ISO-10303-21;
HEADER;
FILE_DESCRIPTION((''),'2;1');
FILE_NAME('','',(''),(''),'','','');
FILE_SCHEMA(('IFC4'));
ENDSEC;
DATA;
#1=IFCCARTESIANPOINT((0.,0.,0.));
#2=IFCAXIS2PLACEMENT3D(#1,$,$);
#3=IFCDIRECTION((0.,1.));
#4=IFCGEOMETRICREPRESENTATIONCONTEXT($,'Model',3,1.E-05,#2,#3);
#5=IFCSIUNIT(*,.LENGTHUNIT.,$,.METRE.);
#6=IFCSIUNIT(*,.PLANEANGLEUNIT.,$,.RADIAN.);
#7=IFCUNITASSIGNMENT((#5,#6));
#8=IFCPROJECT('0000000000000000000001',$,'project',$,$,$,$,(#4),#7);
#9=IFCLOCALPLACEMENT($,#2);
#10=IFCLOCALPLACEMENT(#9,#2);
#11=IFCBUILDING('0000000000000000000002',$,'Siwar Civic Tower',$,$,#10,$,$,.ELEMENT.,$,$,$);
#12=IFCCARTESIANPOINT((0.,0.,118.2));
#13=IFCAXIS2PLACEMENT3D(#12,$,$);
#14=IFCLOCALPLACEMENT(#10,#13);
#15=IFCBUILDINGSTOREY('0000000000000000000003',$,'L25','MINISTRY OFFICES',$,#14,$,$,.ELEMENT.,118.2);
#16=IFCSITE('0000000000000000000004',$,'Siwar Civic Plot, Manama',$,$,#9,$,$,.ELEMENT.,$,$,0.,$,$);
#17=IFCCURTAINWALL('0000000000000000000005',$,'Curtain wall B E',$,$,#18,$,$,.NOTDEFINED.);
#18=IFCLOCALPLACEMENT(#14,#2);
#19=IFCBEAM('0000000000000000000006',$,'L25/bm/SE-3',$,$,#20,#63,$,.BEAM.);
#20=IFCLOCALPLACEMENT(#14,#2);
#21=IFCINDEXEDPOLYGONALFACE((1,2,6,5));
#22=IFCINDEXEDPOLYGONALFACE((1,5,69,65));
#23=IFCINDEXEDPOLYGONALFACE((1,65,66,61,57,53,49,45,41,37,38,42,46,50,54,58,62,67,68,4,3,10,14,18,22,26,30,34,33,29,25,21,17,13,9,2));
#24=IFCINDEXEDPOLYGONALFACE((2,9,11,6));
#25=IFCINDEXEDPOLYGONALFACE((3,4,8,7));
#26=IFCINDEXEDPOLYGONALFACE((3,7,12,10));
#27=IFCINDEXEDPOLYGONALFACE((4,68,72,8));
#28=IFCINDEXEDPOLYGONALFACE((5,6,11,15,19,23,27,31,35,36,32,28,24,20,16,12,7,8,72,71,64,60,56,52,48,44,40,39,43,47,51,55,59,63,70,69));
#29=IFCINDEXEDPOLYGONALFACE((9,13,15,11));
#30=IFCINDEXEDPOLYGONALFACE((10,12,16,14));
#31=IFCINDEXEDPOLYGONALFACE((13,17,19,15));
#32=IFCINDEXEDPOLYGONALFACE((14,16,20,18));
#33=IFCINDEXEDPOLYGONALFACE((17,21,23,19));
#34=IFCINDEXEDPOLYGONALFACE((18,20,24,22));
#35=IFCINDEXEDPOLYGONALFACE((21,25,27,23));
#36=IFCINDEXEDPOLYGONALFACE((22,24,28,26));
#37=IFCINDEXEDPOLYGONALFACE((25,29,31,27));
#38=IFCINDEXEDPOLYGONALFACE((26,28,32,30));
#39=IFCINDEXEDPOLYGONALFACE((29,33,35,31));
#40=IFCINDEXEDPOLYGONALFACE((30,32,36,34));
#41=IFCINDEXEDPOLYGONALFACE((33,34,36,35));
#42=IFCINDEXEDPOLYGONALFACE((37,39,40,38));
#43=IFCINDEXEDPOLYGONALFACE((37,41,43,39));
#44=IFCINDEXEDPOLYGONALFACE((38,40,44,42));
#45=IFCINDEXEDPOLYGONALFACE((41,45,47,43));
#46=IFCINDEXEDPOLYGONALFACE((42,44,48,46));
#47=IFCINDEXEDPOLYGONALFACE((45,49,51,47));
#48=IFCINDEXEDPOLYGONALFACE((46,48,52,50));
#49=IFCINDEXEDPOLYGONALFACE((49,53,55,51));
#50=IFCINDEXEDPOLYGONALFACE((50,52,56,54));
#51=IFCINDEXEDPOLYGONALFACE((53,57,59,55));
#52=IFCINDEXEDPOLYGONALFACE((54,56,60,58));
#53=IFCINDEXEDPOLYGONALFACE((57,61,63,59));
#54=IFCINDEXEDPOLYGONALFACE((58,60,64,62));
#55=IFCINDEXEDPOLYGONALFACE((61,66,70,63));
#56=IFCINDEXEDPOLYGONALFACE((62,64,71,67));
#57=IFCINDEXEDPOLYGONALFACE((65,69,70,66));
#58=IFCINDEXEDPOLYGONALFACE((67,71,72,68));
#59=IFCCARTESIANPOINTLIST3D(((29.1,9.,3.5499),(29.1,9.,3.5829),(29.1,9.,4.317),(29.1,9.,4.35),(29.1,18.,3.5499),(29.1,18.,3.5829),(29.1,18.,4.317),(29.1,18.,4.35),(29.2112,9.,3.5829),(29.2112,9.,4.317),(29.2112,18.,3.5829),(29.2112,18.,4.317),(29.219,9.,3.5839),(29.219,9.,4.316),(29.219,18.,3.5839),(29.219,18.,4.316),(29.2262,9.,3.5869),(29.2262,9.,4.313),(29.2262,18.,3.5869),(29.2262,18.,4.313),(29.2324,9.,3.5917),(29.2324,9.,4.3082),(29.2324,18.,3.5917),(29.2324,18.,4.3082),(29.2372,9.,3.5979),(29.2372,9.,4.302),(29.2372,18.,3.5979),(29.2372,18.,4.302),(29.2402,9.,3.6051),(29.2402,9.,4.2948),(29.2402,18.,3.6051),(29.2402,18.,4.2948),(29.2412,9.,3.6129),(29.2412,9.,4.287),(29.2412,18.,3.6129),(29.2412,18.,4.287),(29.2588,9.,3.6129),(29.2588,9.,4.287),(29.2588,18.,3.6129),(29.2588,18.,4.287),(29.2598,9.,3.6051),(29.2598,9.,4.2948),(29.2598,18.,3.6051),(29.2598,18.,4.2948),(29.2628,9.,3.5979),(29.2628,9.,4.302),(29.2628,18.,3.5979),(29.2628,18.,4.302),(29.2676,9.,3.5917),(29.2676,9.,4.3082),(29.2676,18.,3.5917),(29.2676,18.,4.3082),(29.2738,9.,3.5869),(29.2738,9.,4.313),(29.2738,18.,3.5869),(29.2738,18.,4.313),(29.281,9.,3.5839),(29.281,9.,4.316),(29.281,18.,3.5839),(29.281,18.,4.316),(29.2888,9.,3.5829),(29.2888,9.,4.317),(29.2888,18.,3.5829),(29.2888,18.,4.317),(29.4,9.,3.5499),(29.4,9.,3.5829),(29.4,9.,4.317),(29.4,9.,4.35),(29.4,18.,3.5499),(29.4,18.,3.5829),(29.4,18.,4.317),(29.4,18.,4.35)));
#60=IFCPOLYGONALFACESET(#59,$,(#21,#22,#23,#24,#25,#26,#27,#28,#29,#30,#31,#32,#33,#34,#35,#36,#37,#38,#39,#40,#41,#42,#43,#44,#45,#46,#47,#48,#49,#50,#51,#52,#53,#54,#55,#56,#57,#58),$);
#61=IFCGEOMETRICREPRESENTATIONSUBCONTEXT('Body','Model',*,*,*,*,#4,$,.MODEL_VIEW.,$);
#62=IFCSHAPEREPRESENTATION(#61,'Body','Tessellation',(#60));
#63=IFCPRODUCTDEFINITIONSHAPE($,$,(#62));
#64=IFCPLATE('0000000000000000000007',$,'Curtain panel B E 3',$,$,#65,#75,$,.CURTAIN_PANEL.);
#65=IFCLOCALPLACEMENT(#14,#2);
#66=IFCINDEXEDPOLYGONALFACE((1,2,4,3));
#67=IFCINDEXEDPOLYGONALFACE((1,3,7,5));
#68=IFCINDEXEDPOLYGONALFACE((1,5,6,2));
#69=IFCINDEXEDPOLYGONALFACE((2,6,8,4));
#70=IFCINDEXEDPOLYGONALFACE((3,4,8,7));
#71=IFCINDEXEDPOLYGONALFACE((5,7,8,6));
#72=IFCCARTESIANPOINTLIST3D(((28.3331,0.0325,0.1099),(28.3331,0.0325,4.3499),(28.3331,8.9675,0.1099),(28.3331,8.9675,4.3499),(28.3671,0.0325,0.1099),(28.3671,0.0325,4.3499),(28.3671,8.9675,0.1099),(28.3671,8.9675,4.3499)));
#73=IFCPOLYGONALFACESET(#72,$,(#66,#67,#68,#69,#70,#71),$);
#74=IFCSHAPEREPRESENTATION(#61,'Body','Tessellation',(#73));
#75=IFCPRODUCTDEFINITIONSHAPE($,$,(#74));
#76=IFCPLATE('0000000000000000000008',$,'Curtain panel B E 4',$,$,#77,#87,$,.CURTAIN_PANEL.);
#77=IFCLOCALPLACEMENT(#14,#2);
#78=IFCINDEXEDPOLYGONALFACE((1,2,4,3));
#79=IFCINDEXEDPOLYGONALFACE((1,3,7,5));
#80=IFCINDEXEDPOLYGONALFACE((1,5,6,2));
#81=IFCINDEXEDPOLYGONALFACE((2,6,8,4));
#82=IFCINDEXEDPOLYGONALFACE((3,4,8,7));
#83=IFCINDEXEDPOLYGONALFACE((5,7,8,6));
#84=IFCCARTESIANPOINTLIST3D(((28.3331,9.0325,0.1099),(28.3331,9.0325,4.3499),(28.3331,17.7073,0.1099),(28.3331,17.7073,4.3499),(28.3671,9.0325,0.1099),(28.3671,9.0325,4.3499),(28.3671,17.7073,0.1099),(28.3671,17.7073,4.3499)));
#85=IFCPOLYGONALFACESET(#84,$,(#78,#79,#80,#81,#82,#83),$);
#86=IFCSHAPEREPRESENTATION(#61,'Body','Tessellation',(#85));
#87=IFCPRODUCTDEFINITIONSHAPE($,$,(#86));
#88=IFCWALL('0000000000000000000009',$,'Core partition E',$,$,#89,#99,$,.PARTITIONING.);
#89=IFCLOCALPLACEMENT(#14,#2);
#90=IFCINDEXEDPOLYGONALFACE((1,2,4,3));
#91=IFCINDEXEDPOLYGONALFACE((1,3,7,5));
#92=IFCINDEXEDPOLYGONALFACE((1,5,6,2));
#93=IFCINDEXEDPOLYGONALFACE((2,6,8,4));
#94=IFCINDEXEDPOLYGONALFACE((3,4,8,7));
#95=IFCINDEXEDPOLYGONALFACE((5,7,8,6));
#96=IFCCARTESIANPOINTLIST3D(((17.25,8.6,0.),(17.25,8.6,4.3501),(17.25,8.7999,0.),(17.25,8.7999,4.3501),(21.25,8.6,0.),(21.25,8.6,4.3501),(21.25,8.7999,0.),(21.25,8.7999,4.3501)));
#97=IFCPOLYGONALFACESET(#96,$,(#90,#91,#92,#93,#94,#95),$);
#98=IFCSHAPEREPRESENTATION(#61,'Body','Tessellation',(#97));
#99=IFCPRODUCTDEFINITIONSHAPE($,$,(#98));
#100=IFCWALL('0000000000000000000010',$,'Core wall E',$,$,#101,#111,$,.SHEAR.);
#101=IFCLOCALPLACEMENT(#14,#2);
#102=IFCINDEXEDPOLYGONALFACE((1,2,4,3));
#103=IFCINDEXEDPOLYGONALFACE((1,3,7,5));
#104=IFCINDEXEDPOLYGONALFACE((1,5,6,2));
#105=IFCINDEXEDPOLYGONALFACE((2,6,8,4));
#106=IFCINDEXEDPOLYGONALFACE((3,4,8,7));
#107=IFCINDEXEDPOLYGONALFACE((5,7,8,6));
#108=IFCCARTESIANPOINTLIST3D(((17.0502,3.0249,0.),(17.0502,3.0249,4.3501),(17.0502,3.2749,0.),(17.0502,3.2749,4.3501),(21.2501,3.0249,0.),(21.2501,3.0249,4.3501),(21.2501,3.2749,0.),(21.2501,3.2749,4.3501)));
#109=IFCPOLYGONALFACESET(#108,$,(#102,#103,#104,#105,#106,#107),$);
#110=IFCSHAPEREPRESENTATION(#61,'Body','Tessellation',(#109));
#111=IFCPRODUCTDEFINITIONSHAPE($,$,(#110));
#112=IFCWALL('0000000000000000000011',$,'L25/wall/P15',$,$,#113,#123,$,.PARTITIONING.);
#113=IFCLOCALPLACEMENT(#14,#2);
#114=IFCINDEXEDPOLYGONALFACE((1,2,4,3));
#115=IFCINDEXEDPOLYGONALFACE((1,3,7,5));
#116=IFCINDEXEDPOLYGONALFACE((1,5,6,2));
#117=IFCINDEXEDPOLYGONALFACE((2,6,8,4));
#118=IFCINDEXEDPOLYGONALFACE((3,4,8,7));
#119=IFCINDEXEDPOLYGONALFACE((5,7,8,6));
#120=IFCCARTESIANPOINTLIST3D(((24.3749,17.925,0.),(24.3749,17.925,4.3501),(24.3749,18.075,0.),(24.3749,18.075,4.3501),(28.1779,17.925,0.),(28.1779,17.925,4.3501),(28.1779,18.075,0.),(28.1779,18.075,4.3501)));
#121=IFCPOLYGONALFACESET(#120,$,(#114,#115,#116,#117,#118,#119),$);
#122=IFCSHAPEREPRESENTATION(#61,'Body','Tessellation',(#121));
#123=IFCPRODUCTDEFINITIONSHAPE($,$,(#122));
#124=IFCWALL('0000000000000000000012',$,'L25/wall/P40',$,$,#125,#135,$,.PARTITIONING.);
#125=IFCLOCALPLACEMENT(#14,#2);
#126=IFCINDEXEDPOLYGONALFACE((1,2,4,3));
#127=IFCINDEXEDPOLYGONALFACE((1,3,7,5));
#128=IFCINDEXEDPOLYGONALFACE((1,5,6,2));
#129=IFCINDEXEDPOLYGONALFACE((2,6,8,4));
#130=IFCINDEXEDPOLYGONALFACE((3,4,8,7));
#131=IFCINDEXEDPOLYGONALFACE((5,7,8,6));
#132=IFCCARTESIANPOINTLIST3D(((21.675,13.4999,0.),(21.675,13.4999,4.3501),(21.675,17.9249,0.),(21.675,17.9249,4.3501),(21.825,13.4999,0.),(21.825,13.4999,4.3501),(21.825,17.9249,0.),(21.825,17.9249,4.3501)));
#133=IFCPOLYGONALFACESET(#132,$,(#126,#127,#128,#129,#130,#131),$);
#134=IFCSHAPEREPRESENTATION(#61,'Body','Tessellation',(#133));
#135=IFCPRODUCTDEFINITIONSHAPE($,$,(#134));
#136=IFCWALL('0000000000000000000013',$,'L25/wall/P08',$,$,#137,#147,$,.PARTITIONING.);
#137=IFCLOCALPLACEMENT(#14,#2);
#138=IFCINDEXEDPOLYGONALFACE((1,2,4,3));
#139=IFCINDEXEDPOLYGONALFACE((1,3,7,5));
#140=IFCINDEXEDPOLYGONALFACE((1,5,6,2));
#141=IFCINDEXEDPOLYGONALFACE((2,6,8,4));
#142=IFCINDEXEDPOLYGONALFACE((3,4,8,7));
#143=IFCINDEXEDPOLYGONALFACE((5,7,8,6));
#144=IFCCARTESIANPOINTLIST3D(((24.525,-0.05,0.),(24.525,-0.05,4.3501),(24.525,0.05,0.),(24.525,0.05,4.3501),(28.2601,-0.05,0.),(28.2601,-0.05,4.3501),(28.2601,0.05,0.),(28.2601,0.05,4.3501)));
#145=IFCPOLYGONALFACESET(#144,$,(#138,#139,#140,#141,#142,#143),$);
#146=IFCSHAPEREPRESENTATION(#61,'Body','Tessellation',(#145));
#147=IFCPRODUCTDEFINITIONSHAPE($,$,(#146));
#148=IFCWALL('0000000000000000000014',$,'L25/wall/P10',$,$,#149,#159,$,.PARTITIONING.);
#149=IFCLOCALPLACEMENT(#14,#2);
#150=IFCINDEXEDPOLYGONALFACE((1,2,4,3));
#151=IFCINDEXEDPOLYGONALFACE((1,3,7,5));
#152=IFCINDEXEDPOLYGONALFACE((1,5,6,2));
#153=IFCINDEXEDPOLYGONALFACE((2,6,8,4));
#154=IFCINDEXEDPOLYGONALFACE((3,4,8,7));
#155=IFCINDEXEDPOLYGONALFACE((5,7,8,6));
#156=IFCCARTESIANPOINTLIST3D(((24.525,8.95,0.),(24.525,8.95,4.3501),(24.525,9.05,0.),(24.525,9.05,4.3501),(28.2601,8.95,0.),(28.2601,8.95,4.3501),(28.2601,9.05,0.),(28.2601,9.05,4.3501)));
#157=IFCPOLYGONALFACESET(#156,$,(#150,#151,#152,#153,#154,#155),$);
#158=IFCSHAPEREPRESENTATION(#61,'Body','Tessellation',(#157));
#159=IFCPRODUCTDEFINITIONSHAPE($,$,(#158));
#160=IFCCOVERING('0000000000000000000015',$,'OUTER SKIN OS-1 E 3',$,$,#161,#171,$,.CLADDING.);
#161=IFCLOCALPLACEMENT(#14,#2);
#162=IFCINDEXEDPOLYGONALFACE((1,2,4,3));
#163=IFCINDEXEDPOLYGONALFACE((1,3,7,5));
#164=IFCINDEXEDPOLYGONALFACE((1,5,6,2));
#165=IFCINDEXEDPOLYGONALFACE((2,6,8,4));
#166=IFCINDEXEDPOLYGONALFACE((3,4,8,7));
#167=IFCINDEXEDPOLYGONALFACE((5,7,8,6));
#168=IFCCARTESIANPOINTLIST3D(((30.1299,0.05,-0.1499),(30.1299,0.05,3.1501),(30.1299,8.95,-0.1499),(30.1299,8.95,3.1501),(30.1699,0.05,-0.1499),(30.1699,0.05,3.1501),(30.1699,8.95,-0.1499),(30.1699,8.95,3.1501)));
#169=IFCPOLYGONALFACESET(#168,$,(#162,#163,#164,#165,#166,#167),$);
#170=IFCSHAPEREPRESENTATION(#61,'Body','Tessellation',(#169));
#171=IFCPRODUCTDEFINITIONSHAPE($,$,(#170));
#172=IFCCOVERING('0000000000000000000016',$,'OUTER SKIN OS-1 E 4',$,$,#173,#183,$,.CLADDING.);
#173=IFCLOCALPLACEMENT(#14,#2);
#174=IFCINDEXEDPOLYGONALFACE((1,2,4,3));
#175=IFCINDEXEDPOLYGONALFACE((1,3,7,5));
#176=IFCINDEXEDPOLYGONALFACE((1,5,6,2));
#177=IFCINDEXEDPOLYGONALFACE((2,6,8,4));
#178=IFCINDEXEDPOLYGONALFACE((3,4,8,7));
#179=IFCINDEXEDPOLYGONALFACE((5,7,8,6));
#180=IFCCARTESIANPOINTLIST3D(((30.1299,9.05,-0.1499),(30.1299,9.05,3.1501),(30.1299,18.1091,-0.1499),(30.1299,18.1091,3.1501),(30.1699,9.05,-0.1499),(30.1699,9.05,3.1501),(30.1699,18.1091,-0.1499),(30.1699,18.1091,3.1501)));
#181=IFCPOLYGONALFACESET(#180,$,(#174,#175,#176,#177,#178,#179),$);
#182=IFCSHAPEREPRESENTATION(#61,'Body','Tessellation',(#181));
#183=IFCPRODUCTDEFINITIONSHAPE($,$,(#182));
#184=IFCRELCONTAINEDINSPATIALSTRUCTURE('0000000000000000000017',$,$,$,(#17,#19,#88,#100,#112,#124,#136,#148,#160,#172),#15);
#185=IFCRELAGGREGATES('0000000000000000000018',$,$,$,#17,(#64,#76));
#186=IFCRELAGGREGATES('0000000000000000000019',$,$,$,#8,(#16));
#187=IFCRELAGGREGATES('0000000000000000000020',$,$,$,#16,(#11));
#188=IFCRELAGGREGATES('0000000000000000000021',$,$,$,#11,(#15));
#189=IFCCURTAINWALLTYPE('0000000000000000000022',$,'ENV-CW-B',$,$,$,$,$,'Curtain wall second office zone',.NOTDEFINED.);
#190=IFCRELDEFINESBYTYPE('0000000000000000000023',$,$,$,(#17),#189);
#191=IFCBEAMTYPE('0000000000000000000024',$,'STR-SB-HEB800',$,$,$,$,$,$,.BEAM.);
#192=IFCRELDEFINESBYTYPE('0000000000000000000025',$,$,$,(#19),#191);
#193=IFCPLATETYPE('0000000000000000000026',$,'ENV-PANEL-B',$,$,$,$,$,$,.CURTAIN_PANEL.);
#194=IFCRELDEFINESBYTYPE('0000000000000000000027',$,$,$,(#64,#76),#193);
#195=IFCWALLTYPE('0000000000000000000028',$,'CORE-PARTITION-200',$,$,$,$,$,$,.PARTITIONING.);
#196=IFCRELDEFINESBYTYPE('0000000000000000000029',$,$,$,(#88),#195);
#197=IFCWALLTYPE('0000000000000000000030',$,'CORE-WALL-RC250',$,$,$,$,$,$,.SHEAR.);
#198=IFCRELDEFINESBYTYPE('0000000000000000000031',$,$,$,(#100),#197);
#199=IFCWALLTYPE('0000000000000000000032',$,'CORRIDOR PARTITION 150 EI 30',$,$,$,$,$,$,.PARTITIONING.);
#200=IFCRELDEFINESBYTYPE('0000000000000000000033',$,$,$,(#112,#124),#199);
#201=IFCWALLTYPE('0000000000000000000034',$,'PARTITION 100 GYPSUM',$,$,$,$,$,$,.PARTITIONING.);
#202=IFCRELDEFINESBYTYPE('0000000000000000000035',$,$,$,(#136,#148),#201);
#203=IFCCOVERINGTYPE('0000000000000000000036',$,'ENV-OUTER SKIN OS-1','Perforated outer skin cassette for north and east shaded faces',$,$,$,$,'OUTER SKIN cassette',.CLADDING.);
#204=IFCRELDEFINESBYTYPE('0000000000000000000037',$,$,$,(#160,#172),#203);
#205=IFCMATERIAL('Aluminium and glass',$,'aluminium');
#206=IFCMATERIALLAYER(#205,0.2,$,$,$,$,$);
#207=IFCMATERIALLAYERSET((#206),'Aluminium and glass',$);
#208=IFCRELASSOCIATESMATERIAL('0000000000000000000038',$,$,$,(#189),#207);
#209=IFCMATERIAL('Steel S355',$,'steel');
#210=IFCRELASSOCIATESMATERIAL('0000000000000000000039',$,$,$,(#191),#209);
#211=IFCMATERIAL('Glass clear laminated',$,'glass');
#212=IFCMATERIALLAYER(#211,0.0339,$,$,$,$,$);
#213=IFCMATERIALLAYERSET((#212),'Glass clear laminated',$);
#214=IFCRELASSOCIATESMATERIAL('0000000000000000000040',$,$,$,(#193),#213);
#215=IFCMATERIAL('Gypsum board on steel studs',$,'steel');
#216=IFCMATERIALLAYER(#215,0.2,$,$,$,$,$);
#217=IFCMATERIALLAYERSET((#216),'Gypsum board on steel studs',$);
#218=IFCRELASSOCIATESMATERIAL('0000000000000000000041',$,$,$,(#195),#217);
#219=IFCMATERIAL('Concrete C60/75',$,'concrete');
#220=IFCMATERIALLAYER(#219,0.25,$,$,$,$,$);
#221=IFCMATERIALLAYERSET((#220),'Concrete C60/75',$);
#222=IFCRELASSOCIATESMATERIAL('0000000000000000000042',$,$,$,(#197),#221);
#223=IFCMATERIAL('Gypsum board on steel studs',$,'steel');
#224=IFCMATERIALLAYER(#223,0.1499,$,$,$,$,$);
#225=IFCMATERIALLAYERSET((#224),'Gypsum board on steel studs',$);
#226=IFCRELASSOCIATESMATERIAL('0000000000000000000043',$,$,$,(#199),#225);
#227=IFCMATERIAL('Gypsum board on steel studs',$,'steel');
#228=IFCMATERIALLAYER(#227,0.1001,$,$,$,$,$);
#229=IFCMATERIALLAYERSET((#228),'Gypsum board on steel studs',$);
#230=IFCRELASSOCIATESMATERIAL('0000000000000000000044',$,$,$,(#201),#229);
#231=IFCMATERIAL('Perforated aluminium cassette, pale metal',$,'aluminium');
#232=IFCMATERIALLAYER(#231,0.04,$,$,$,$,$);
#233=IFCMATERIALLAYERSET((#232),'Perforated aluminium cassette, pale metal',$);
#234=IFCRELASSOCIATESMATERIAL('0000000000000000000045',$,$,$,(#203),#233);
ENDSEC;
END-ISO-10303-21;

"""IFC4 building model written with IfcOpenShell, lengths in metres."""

from ifc_helpers import new_model, si_unit, direction, frame, frame_2d, origin, origin_2d, place, context, subcontext, project, spatial, rectangle, i_section, extrude, material, layer, layer_set, material_profile, profile_set, type_object, element, aggregate, save


model = new_model("IFC4")

# Units and contexts
model_context = context("Model", 3, precision=1e-05, world=origin(), true_north=direction((0.0, 1.0)))
body_context = subcontext(model_context, "Body", "Model", "MODEL_VIEW")
ifc_project = project(units=[si_unit("LENGTHUNIT", "METRE"), si_unit("PLANEANGLEUNIT", "RADIAN")], contexts=[model_context])

# Site, building, storey
site_placement = place(None, origin())
site = spatial("IfcSite", under=ifc_project, at=site_placement, Name="Siwar Civic Plot, Manama", CompositionType="ELEMENT", RefElevation=0.0)
building_placement = place(site_placement, origin())
building = spatial("IfcBuilding", under=site, at=building_placement, Name="Siwar Civic Tower", CompositionType="ELEMENT")
storey_placement = place(building_placement, frame((0.0, 0.0, 118.2)))
storey = spatial("IfcBuildingStorey", under=building, at=storey_placement, Name="L25", Description="MINISTRY OFFICES", CompositionType="ELEMENT", Elevation=118.2)

# Curtain wall
ifc_material_1 = material(Name="Aluminium and glass", Category="aluminium")
ifc_layer_1 = layer(ifc_material_1, 0.2)
ifc_layer_set_1 = layer_set([ifc_layer_1], Name="Aluminium and glass")
curtain_wall_type_1 = type_object("IfcCurtainWallType", Name="ENV-CW-B", ElementType="Curtain wall second office zone", PredefinedType="NOTDEFINED", material=ifc_layer_set_1)
curtain_wall_1_placement = place(storey_placement, origin())
curtain_wall_1 = element("IfcCurtainWall", 1, at=curtain_wall_1_placement, inside=storey, type_object=curtain_wall_type_1, Name="Curtain wall B E", PredefinedType="NOTDEFINED")

# Beam
ifc_material_2 = material(Name="Steel S355", Category="steel")
ifc_material_profile_1 = material_profile(ifc_material_2, i_section(OverallWidth=0.3, OverallDepth=0.8, WebThickness=0.0176, FlangeThickness=0.033, FilletRadius=0.03, at=origin_2d()), Name="HEB800")
ifc_profile_set_1 = profile_set([ifc_material_profile_1], Name="Steel S355")
beam_type_1 = type_object("IfcBeamType", Name="STR-SB-HEB800", PredefinedType="BEAM", material=ifc_profile_set_1)
for number, where, z_axis, x_axis, name in (
    (2, (29.25, 9.0, 3.95), (0.0, 1.0, 0.0), (-1.0, 0.0, 0.0), "L25/bm/SE-3"),
):
    element("IfcBeam", number, at=place(storey_placement, frame(where, z_axis=z_axis, x_axis=x_axis)), inside=storey, type_object=beam_type_1, Name=name, PredefinedType="BEAM", context=body_context, shape_type="SweptSolid", body=[
        extrude(i_section(OverallWidth=0.3, OverallDepth=0.8, WebThickness=0.0176, FlangeThickness=0.033, FilletRadius=0.03, at=origin_2d()), origin(), (0.0, 0.0, 1.0), 9.0),
    ])

# Plates
ifc_material_3 = material(Name="Glass clear laminated", Category="glass")
ifc_layer_2 = layer(ifc_material_3, 0.0339)
ifc_layer_set_2 = layer_set([ifc_layer_2], Name="Glass clear laminated")
plate_type = type_object("IfcPlateType", Name="ENV-PANEL-B", PredefinedType="CURTAIN_PANEL", material=ifc_layer_set_2)
plate_1_placement = place(storey_placement, frame((28.3501, 4.5, 0.1099), z_axis=(0.0, 0.0, 1.0), x_axis=(0.0, 1.0, 0.0)))
plate_1 = element("IfcPlate", 3, at=plate_1_placement, type_object=plate_type, Name="Curtain panel B E 3", PredefinedType="CURTAIN_PANEL", context=body_context, shape_type="SweptSolid", body=[
    extrude(rectangle(XDim=8.9351, YDim=0.0339, at=origin_2d()), origin(), (0.0, 0.0, 1.0), 4.24),
])
plate_2_placement = place(storey_placement, frame((28.3501, 13.3699, 0.1099), z_axis=(0.0, 0.0, 1.0), x_axis=(0.0, 1.0, 0.0)))
plate_2 = element("IfcPlate", 4, at=plate_2_placement, type_object=plate_type, Name="Curtain panel B E 4", PredefinedType="CURTAIN_PANEL", context=body_context, shape_type="SweptSolid", body=[
    extrude(rectangle(XDim=8.6748, YDim=0.0339, at=origin_2d()), origin(), (0.0, 0.0, 1.0), 4.24),
])
aggregate(curtain_wall_1, [plate_1, plate_2])

# Walls
ifc_material_4 = material(Name="Gypsum board on steel studs", Category="steel")
ifc_layer_3 = layer(ifc_material_4, 0.2)
ifc_layer_set_3 = layer_set([ifc_layer_3], Name="Gypsum board on steel studs")
wall_type_1 = type_object("IfcWallType", Name="CORE-PARTITION-200", PredefinedType="PARTITIONING", material=ifc_layer_set_3)
wall_1_placement = place(storey_placement, frame((17.25, 8.7, 0.0), z_axis=(0.0, 0.0, 1.0), x_axis=(1.0, 0.0, 0.0)))
element("IfcWall", 5, at=wall_1_placement, inside=storey, type_object=wall_type_1, Name="Core partition E", PredefinedType="PARTITIONING", context=body_context, shape_type="SweptSolid", body=[
    extrude(rectangle(XDim=4.0, YDim=0.2, at=frame_2d((2.0, 0.0))), origin(), (0.0, 0.0, 1.0), 4.3501),
])
ifc_material_5 = material(Name="Concrete C60/75", Category="concrete")
ifc_layer_4 = layer(ifc_material_5, 0.25)
ifc_layer_set_4 = layer_set([ifc_layer_4], Name="Concrete C60/75")
wall_type_2 = type_object("IfcWallType", Name="CORE-WALL-RC250", PredefinedType="SHEAR", material=ifc_layer_set_4)
wall_2_placement = place(storey_placement, frame((17.05, 3.1499, 0.0), z_axis=(0.0, 0.0, 1.0), x_axis=(1.0, 0.0, 0.0)))
element("IfcWall", 6, at=wall_2_placement, inside=storey, type_object=wall_type_2, Name="Core wall E", PredefinedType="SHEAR", context=body_context, shape_type="SweptSolid", body=[
    extrude(rectangle(XDim=4.2, YDim=0.25, at=frame_2d((2.1001, 0.0))), origin(), (0.0, 0.0, 1.0), 4.3501),
])
ifc_material_6 = material(Name="Gypsum board on steel studs", Category="steel")
ifc_layer_5 = layer(ifc_material_6, 0.1499)
ifc_layer_set_5 = layer_set([ifc_layer_5], Name="Gypsum board on steel studs")
wall_type_3 = type_object("IfcWallType", Name="CORRIDOR PARTITION 150 EI 30", PredefinedType="PARTITIONING", material=ifc_layer_set_5)
wall_3_placement = place(storey_placement, frame((24.375, 18.0, 0.0), z_axis=(0.0, 0.0, 1.0), x_axis=(1.0, 0.0, 0.0)))
element("IfcWall", 7, at=wall_3_placement, inside=storey, type_object=wall_type_3, Name="L25/wall/P15", PredefinedType="PARTITIONING", context=body_context, shape_type="SweptSolid", body=[
    extrude(rectangle(XDim=3.803, YDim=0.1499, at=frame_2d((1.9014, 0.0))), origin(), (0.0, 0.0, 1.0), 4.3501),
])
wall_4_placement = place(storey_placement, frame((21.75, 13.5, 0.0), z_axis=(0.0, 0.0, 1.0), x_axis=(0.0, 1.0, 0.0)))
element("IfcWall", 8, at=wall_4_placement, inside=storey, type_object=wall_type_3, Name="L25/wall/P40", PredefinedType="PARTITIONING", context=body_context, shape_type="SweptSolid", body=[
    extrude(rectangle(XDim=4.425, YDim=0.1499, at=frame_2d((2.2124, 0.0))), origin(), (0.0, 0.0, 1.0), 4.3501),
])
ifc_material_7 = material(Name="Gypsum board on steel studs", Category="steel")
ifc_layer_6 = layer(ifc_material_7, 0.1001)
ifc_layer_set_6 = layer_set([ifc_layer_6], Name="Gypsum board on steel studs")
wall_type_4 = type_object("IfcWallType", Name="PARTITION 100 GYPSUM", PredefinedType="PARTITIONING", material=ifc_layer_set_6)
for number, where, z_axis, x_axis, name in (
    (9, (24.5249, 0.0, 0.0), (0.0, 0.0, 1.0), (1.0, 0.0, 0.0), "L25/wall/P08"),
    (10, (24.5249, 9.0, 0.0), (0.0, 0.0, 1.0), (1.0, 0.0, 0.0), "L25/wall/P10"),
):
    element("IfcWall", number, at=place(storey_placement, frame(where, z_axis=z_axis, x_axis=x_axis)), inside=storey, type_object=wall_type_4, Name=name, PredefinedType="PARTITIONING", context=body_context, shape_type="SweptSolid", body=[
        extrude(rectangle(XDim=3.7351, YDim=0.1001, at=frame_2d((1.8677, 0.0))), origin(), (0.0, 0.0, 1.0), 4.3501),
    ])

# Coverings
ifc_material_8 = material(Name="Perforated aluminium cassette, pale metal", Category="aluminium")
ifc_layer_7 = layer(ifc_material_8, 0.04)
ifc_layer_set_7 = layer_set([ifc_layer_7], Name="Perforated aluminium cassette, pale metal")
covering_type = type_object("IfcCoveringType", Name="ENV-OUTER SKIN OS-1", Description="Perforated outer skin cassette for north and east shaded faces", ElementType="OUTER SKIN cassette", PredefinedType="CLADDING", material=ifc_layer_set_7)
covering_1_placement = place(storey_placement, frame((30.1499, 4.5, -0.1499), z_axis=(0.0, 0.0, 1.0), x_axis=(0.0, 1.0, 0.0)))
element("IfcCovering", 11, at=covering_1_placement, inside=storey, type_object=covering_type, Name="OUTER SKIN OS-1 E 3", PredefinedType="CLADDING", context=body_context, shape_type="SweptSolid", body=[
    extrude(rectangle(XDim=8.8999, YDim=0.04, at=origin_2d()), origin(), (0.0, 0.0, 1.0), 3.3),
])
covering_2_placement = place(storey_placement, frame((30.1499, 13.5796, -0.1499), z_axis=(0.0, 0.0, 1.0), x_axis=(0.0, 1.0, 0.0)))
element("IfcCovering", 12, at=covering_2_placement, inside=storey, type_object=covering_type, Name="OUTER SKIN OS-1 E 4", PredefinedType="CLADDING", context=body_context, shape_type="SweptSolid", body=[
    extrude(rectangle(XDim=9.0591, YDim=0.04, at=origin_2d()), origin(), (0.0, 0.0, 1.0), 3.3),
])

save(model, "model.ifc")
